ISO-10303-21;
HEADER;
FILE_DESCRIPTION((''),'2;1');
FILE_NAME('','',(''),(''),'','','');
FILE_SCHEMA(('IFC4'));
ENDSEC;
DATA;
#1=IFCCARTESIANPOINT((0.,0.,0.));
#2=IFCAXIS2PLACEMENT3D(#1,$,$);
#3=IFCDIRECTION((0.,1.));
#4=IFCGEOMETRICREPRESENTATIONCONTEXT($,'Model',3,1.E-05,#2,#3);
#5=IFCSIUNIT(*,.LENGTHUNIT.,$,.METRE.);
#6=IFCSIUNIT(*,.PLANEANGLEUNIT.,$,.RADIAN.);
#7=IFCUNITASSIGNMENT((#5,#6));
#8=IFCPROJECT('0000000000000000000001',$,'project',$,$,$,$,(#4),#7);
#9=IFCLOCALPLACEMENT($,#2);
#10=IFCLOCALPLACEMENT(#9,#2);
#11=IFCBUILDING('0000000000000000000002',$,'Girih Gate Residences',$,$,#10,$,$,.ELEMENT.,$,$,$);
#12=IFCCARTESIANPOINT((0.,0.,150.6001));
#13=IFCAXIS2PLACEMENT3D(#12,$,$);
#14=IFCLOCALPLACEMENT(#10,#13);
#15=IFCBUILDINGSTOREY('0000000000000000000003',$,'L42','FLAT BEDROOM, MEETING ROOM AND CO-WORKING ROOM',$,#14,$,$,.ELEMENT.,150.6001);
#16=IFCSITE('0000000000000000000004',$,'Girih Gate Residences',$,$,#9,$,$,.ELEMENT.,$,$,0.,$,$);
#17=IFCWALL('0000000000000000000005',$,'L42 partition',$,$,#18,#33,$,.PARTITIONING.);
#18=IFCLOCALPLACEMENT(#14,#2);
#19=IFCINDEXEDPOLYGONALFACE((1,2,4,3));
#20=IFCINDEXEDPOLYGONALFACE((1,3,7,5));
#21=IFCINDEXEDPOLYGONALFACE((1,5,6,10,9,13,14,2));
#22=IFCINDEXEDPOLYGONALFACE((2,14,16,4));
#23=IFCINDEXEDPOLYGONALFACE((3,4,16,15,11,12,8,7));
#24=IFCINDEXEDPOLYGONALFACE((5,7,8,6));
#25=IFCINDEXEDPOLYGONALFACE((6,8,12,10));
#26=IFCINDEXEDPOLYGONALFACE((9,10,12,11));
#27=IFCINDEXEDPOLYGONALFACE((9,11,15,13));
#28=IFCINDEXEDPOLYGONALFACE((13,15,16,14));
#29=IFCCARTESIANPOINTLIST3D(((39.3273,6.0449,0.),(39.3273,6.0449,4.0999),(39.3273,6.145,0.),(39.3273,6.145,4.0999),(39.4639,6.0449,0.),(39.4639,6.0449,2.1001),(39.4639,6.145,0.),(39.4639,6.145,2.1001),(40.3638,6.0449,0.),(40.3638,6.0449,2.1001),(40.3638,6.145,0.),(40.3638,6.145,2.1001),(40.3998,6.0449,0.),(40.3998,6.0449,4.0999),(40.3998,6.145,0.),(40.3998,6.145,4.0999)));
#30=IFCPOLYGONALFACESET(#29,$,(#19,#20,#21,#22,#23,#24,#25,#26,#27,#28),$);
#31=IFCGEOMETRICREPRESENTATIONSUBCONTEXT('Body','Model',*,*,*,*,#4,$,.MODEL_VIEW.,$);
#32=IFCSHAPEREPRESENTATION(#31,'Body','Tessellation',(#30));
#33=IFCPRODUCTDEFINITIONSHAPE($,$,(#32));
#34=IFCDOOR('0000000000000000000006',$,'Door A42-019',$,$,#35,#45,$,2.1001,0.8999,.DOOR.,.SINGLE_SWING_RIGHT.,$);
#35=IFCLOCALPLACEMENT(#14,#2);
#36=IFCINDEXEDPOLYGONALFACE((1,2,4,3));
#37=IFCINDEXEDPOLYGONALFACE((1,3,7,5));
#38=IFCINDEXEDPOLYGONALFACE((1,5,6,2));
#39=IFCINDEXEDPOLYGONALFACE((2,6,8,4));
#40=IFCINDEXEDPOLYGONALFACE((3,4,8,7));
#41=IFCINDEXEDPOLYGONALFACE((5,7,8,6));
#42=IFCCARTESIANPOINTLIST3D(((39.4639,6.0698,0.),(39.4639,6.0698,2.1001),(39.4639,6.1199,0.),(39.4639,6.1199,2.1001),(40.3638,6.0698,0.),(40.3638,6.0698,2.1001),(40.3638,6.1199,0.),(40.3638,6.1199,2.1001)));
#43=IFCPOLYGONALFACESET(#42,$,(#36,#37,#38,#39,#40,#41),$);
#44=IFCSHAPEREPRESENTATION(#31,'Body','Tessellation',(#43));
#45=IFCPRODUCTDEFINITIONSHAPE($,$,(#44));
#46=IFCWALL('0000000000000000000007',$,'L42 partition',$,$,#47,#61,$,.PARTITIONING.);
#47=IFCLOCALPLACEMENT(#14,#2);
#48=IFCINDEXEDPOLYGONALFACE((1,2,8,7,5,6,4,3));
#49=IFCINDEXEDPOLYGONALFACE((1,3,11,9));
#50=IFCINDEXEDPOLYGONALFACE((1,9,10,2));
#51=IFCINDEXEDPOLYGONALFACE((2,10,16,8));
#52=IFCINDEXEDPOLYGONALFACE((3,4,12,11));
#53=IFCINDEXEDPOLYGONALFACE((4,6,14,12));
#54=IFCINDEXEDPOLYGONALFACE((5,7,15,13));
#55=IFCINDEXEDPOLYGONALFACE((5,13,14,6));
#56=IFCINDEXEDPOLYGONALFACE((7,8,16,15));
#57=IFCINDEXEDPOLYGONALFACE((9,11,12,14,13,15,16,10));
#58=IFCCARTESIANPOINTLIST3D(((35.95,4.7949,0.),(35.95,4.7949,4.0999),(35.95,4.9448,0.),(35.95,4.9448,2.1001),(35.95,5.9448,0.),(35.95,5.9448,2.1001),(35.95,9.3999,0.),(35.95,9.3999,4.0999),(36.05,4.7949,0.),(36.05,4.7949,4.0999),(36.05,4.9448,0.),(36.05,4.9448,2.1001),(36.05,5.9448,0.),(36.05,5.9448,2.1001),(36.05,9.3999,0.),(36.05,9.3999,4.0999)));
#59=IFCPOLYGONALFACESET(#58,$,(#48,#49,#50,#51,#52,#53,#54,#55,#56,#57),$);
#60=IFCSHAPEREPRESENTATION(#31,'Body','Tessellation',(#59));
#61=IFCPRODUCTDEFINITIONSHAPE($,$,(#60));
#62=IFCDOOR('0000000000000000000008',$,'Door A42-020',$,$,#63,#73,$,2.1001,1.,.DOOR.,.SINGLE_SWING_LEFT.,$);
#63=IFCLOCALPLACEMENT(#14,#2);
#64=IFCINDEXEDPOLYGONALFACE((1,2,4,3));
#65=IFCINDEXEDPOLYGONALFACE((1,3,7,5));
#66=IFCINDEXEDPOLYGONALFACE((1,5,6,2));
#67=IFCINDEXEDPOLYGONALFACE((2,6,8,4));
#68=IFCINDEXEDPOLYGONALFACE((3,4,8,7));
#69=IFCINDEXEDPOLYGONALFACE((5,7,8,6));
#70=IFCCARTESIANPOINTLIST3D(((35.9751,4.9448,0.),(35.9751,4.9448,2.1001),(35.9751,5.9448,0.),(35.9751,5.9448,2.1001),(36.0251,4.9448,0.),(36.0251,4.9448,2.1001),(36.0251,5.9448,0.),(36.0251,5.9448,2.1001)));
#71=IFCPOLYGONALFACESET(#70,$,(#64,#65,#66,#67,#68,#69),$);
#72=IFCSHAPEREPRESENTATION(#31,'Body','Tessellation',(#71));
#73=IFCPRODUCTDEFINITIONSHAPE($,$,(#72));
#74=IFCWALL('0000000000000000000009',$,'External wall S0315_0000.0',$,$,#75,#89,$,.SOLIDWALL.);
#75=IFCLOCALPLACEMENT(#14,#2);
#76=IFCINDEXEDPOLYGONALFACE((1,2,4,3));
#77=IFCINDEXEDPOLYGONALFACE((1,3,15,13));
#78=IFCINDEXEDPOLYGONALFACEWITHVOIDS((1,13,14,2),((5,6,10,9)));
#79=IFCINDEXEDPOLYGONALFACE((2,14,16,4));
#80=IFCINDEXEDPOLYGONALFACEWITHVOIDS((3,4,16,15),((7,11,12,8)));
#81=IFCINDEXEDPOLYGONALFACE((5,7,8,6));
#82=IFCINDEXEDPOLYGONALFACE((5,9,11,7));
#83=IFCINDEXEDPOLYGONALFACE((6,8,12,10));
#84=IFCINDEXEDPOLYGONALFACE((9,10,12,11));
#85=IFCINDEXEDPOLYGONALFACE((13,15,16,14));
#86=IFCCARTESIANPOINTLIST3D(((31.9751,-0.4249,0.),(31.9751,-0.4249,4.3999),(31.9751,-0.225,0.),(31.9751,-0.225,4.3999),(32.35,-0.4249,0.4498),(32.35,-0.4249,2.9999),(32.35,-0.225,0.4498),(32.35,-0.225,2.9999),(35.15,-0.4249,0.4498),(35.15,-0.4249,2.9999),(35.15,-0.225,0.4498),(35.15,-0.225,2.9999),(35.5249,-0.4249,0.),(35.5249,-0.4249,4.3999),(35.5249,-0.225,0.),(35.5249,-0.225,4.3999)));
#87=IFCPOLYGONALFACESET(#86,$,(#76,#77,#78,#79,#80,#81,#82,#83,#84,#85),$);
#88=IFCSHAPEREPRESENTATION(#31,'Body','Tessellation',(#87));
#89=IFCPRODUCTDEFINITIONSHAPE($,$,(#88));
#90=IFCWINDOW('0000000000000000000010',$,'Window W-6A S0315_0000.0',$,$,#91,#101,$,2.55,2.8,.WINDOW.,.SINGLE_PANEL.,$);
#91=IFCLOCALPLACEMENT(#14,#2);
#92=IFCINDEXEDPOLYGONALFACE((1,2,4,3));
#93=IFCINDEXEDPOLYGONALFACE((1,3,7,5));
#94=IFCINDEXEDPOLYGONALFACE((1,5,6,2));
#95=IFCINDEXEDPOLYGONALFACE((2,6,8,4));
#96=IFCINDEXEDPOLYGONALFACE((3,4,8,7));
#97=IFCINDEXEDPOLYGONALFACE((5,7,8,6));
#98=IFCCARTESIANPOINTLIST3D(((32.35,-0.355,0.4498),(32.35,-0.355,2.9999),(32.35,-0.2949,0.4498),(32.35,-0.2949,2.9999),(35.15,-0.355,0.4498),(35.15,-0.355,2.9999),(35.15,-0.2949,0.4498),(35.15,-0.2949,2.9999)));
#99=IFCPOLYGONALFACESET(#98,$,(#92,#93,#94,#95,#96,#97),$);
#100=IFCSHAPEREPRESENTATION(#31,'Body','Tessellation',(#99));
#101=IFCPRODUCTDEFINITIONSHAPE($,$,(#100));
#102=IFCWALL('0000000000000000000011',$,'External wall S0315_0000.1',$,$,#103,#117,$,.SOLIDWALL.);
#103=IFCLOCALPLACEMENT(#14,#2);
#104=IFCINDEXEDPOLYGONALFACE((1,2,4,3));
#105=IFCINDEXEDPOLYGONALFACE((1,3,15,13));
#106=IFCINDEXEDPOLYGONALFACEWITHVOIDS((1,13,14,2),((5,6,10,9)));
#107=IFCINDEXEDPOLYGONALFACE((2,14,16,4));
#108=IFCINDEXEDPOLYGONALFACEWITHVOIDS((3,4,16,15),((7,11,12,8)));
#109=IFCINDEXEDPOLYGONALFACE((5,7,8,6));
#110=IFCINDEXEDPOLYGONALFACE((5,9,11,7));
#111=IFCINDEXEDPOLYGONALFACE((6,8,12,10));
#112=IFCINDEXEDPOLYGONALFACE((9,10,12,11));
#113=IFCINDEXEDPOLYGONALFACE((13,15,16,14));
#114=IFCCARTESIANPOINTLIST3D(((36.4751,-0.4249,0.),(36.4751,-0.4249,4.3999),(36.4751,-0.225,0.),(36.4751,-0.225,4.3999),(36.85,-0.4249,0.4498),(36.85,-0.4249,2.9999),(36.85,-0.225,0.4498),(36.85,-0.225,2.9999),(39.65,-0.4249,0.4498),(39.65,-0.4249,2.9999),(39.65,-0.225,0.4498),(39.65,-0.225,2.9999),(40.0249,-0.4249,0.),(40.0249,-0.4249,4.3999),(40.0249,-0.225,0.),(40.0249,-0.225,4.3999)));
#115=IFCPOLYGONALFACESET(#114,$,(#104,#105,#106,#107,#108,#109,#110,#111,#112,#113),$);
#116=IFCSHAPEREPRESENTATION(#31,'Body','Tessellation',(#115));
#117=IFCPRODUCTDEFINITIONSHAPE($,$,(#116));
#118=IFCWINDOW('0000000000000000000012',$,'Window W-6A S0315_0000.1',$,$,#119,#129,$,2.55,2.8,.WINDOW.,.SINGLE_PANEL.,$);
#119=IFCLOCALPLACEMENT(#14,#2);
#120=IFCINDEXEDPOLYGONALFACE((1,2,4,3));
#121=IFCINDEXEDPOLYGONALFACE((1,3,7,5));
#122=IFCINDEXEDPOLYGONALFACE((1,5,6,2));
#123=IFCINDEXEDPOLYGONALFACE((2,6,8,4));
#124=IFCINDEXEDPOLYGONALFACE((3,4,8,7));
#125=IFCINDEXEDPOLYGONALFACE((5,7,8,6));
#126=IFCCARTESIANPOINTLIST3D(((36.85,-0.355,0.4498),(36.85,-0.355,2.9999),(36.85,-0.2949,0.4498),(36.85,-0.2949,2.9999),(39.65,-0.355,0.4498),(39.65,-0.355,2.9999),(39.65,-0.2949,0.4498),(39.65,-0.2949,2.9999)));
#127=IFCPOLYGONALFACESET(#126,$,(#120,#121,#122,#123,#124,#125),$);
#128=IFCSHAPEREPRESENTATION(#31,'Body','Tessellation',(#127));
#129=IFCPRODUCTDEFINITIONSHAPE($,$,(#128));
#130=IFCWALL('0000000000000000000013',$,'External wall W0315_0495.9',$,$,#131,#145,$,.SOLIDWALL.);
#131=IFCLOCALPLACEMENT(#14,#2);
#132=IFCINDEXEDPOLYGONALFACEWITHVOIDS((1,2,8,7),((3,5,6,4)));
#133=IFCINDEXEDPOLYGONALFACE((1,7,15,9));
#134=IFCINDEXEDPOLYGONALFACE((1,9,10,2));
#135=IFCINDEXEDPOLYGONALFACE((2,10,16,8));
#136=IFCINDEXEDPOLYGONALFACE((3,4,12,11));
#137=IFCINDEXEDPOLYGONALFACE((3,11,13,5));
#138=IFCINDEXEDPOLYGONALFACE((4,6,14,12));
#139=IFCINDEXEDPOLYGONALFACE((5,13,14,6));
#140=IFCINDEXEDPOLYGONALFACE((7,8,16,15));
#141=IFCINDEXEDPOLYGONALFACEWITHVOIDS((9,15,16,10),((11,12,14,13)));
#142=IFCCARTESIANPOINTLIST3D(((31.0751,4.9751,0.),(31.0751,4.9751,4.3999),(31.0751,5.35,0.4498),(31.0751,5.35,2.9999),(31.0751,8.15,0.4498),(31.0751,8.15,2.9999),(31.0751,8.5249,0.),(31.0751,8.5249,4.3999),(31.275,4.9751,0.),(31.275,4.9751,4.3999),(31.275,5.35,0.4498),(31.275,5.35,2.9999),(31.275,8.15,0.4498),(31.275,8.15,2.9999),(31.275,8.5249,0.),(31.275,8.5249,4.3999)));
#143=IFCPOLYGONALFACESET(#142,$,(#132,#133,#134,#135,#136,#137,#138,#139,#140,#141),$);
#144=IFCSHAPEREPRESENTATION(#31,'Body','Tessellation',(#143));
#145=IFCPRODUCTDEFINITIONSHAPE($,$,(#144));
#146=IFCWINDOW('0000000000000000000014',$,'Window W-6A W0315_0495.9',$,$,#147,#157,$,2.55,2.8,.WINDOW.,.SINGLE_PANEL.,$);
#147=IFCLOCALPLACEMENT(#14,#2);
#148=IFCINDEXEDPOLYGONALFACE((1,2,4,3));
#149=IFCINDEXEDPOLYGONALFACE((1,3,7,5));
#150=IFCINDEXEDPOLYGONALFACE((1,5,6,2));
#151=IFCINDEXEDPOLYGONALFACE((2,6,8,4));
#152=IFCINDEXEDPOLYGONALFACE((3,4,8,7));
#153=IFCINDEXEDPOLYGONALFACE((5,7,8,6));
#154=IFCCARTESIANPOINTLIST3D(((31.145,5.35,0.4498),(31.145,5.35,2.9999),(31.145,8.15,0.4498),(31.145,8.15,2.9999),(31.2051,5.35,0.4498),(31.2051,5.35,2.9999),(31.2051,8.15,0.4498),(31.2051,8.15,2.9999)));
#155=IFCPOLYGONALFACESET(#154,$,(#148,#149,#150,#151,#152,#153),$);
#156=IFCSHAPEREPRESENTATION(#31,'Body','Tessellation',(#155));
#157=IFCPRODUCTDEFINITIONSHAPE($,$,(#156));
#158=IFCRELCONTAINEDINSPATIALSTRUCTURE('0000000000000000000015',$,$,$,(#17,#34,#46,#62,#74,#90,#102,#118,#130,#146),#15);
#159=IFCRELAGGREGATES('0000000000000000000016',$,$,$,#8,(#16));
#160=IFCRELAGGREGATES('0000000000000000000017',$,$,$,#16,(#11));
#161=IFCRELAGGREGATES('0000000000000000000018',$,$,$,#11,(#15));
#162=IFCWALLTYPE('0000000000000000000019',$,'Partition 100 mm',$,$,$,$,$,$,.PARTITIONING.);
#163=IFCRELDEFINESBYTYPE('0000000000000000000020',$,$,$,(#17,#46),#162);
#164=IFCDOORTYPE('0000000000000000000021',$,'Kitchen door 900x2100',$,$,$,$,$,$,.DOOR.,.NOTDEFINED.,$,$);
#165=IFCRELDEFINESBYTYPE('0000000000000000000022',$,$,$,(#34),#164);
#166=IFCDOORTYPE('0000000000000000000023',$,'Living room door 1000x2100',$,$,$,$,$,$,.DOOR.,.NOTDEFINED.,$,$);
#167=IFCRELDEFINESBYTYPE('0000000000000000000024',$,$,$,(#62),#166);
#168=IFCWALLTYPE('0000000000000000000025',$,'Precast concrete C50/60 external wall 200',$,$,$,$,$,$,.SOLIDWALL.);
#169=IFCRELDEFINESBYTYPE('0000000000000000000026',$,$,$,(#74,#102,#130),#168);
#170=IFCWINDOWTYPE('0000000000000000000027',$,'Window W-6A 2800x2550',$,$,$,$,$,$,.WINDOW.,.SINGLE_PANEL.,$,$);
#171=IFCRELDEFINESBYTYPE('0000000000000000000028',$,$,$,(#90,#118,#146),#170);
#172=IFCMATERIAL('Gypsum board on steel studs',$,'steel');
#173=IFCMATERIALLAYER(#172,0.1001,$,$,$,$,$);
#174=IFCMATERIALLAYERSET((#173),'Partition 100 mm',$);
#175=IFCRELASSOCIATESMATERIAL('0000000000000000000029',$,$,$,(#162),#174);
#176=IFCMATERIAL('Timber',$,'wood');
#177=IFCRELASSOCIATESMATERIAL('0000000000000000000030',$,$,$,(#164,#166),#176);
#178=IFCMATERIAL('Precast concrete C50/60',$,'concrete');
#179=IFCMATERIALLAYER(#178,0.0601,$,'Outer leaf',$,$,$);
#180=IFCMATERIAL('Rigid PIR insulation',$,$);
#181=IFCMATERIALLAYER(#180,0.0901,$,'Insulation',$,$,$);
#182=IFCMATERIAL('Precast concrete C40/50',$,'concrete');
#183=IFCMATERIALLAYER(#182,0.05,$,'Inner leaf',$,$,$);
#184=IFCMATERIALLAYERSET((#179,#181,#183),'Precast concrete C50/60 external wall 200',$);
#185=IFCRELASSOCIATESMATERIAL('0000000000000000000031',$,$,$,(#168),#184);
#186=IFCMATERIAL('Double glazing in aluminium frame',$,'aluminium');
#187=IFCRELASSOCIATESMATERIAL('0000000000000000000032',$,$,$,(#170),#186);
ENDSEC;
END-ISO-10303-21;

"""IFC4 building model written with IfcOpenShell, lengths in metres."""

from ifc_helpers import new_model, si_unit, direction, frame, frame_2d, origin, place, context, subcontext, project, spatial, rectangle, extrude, material, layer, layer_set, type_object, element, fill, save


model = new_model("IFC4")

# Units and contexts
model_context = context("Model", 3, precision=1e-05, world=origin(), true_north=direction((0.0, 1.0)))
body_context = subcontext(model_context, "Body", "Model", "MODEL_VIEW")
ifc_project = project(units=[si_unit("LENGTHUNIT", "METRE"), si_unit("PLANEANGLEUNIT", "RADIAN")], contexts=[model_context])

# Site, building, storey
site_placement = place(None, origin())
site = spatial("IfcSite", under=ifc_project, at=site_placement, Name="Girih Gate Residences", CompositionType="ELEMENT", RefElevation=0.0)
building_placement = place(site_placement, origin())
building = spatial("IfcBuilding", under=site, at=building_placement, Name="Girih Gate Residences", CompositionType="ELEMENT")
storey_placement = place(building_placement, frame((0.0, 0.0, 150.6001)))
storey = spatial("IfcBuildingStorey", under=building, at=storey_placement, Name="L42", Description="FLAT BEDROOM, MEETING ROOM AND CO-WORKING ROOM", CompositionType="ELEMENT", Elevation=150.6001)

# Shared definitions
ifc_material_1 = material(Name="Gypsum board on steel studs", Category="steel")
ifc_layer_1 = layer(ifc_material_1, 0.1001)
ifc_layer_set_1 = layer_set([ifc_layer_1], Name="Partition 100 mm")
wall_type_1 = type_object("IfcWallType", Name="Partition 100 mm", PredefinedType="PARTITIONING", material=ifc_layer_set_1)
ifc_material_2 = material(Name="Timber", Category="wood")

# Walls, openings, doors
wall_1_placement = place(storey_placement, frame((39.3274, 6.095, 0.0), z_axis=(0.0, 0.0, 1.0), x_axis=(1.0, 0.0, 0.0)))
wall_1 = element("IfcWall", 1, at=wall_1_placement, inside=storey, type_object=wall_type_1, Name="L42 partition", PredefinedType="PARTITIONING", context=body_context, shape_type="SweptSolid", body=[
    extrude(rectangle(XDim=1.0725, YDim=0.1001, at=frame_2d((0.5361, 0.0))), origin(), (0.0, 0.0, 1.0), 4.0999),
])
opening_1_placement = place(wall_1_placement, frame((0.1365, 0.0, 0.0)))
opening_1 = element("IfcOpeningElement", 2, at=opening_1_placement, cuts=wall_1, PredefinedType="OPENING", context=body_context, shape_type="SweptSolid", body=[
    extrude(rectangle(XDim=0.8999, YDim=2.1001, at=frame_2d((0.45, 1.05))), frame((0.0, 0.0601, 0.0), z_axis=(0.0, -1.0, 0.0), x_axis=(1.0, 0.0, 0.0)), (0.0, 0.0, 1.0), 0.1201),
])
door_type_1 = type_object("IfcDoorType", Name="Kitchen door 900x2100", OperationType="NOTDEFINED", PredefinedType="DOOR", material=ifc_material_2)
door_1_placement = place(opening_1_placement, origin())
door_1 = element("IfcDoor", 3, at=door_1_placement, inside=storey, type_object=door_type_1, Name="Door A42-019", OperationType="SINGLE_SWING_RIGHT", OverallHeight=2.1001, OverallWidth=0.8999, PredefinedType="DOOR", context=body_context, shape_type="SweptSolid", body=[
    extrude(rectangle(XDim=0.8999, YDim=2.1001, at=frame_2d((0.45, 1.05))), frame((0.0, 0.0249, 0.0), z_axis=(0.0, -1.0, 0.0), x_axis=(1.0, 0.0, 0.0)), (0.0, 0.0, 1.0), 0.05),
])
fill(opening_1, door_1)
wall_2_placement = place(storey_placement, frame((36.0, 4.7949, 0.0), z_axis=(0.0, 0.0, 1.0), x_axis=(0.0, 1.0, 0.0)))
wall_2 = element("IfcWall", 4, at=wall_2_placement, inside=storey, type_object=wall_type_1, Name="L42 partition", PredefinedType="PARTITIONING", context=body_context, shape_type="SweptSolid", body=[
    extrude(rectangle(XDim=4.605, YDim=0.1001, at=frame_2d((2.3025, 0.0))), origin(), (0.0, 0.0, 1.0), 4.0999),
])
opening_2_placement = place(wall_2_placement, frame((0.1499, 0.0, 0.0)))
opening_2 = element("IfcOpeningElement", 5, at=opening_2_placement, cuts=wall_2, PredefinedType="OPENING", context=body_context, shape_type="SweptSolid", body=[
    extrude(rectangle(XDim=1.0, YDim=2.1001, at=frame_2d((0.5, 1.05))), frame((0.0, 0.0601, 0.0), z_axis=(0.0, -1.0, 0.0), x_axis=(1.0, 0.0, 0.0)), (0.0, 0.0, 1.0), 0.1201),
])
door_type_2 = type_object("IfcDoorType", Name="Living room door 1000x2100", OperationType="NOTDEFINED", PredefinedType="DOOR", material=ifc_material_2)
door_2_placement = place(opening_2_placement, origin())
door_2 = element("IfcDoor", 6, at=door_2_placement, inside=storey, type_object=door_type_2, Name="Door A42-020", OperationType="SINGLE_SWING_LEFT", OverallHeight=2.1001, OverallWidth=1.0, PredefinedType="DOOR", context=body_context, shape_type="SweptSolid", body=[
    extrude(rectangle(XDim=1.0, YDim=2.1001, at=frame_2d((0.5, 1.05))), frame((0.0, 0.0249, 0.0), z_axis=(0.0, -1.0, 0.0), x_axis=(1.0, 0.0, 0.0)), (0.0, 0.0, 1.0), 0.05),
])
fill(opening_2, door_2)

# Walls, openings, windows
ifc_material_3 = material(Name="Precast concrete C50/60", Category="concrete")
ifc_layer_2 = layer(ifc_material_3, 0.0601, Name="Outer leaf")
ifc_material_4 = material(Name="Rigid PIR insulation")
ifc_layer_3 = layer(ifc_material_4, 0.0901, Name="Insulation")
ifc_material_5 = material(Name="Precast concrete C40/50", Category="concrete")
ifc_layer_4 = layer(ifc_material_5, 0.05, Name="Inner leaf")
ifc_layer_set_2 = layer_set([ifc_layer_2, ifc_layer_3, ifc_layer_4], Name="Precast concrete C50/60 external wall 200")
wall_type_2 = type_object("IfcWallType", Name="Precast concrete C50/60 external wall 200", PredefinedType="SOLIDWALL", material=ifc_layer_set_2)
wall_3_placement = place(storey_placement, frame((35.5249, -0.325, 0.0), z_axis=(0.0, 0.0, 1.0), x_axis=(-1.0, 0.0, 0.0)))
wall_3 = element("IfcWall", 7, at=wall_3_placement, inside=storey, type_object=wall_type_2, Name="External wall S0315_0000.0", PredefinedType="SOLIDWALL", context=body_context, shape_type="SweptSolid", body=[
    extrude(rectangle(XDim=3.5498, YDim=0.2, at=frame_2d((1.7749, 0.0))), origin(), (0.0, 0.0, 1.0), 4.3999),
])
opening_3_placement = place(wall_3_placement, frame((0.375, 0.0, 0.45)))
opening_3 = element("IfcOpeningElement", 8, at=opening_3_placement, cuts=wall_3, PredefinedType="OPENING", context=body_context, shape_type="SweptSolid", body=[
    extrude(rectangle(XDim=2.8, YDim=2.55, at=frame_2d((1.3999, 1.2749))), frame((0.0, 0.1099, 0.0), z_axis=(0.0, -1.0, 0.0), x_axis=(1.0, 0.0, 0.0)), (0.0, 0.0, 1.0), 0.22),
])
ifc_material_6 = material(Name="Double glazing in aluminium frame", Category="aluminium")
window_type = type_object("IfcWindowType", Name="Window W-6A 2800x2550", PartitioningType="SINGLE_PANEL", PredefinedType="WINDOW", material=ifc_material_6)
window_1_placement = place(opening_3_placement, origin())
window_1 = element("IfcWindow", 9, at=window_1_placement, inside=storey, type_object=window_type, Name="Window W-6A S0315_0000.0", OverallHeight=2.55, OverallWidth=2.8, PartitioningType="SINGLE_PANEL", PredefinedType="WINDOW", context=body_context, shape_type="SweptSolid", body=[
    extrude(rectangle(XDim=2.8, YDim=2.55, at=frame_2d((1.3999, 1.2749))), frame((0.0, 0.03, 0.0), z_axis=(0.0, -1.0, 0.0), x_axis=(1.0, 0.0, 0.0)), (0.0, 0.0, 1.0), 0.0601),
])
fill(opening_3, window_1)
wall_4_placement = place(storey_placement, frame((40.0249, -0.325, 0.0), z_axis=(0.0, 0.0, 1.0), x_axis=(-1.0, 0.0, 0.0)))
wall_4 = element("IfcWall", 10, at=wall_4_placement, inside=storey, type_object=wall_type_2, Name="External wall S0315_0000.1", PredefinedType="SOLIDWALL", context=body_context, shape_type="SweptSolid", body=[
    extrude(rectangle(XDim=3.5498, YDim=0.2, at=frame_2d((1.7749, 0.0))), origin(), (0.0, 0.0, 1.0), 4.3999),
])
opening_4_placement = place(wall_4_placement, frame((0.375, 0.0, 0.45)))
opening_4 = element("IfcOpeningElement", 11, at=opening_4_placement, cuts=wall_4, PredefinedType="OPENING", context=body_context, shape_type="SweptSolid", body=[
    extrude(rectangle(XDim=2.8, YDim=2.55, at=frame_2d((1.3999, 1.2749))), frame((0.0, 0.1099, 0.0), z_axis=(0.0, -1.0, 0.0), x_axis=(1.0, 0.0, 0.0)), (0.0, 0.0, 1.0), 0.22),
])
window_2_placement = place(opening_4_placement, origin())
window_2 = element("IfcWindow", 12, at=window_2_placement, inside=storey, type_object=window_type, Name="Window W-6A S0315_0000.1", OverallHeight=2.55, OverallWidth=2.8, PartitioningType="SINGLE_PANEL", PredefinedType="WINDOW", context=body_context, shape_type="SweptSolid", body=[
    extrude(rectangle(XDim=2.8, YDim=2.55, at=frame_2d((1.3999, 1.2749))), frame((0.0, 0.03, 0.0), z_axis=(0.0, -1.0, 0.0), x_axis=(1.0, 0.0, 0.0)), (0.0, 0.0, 1.0), 0.0601),
])
fill(opening_4, window_2)
wall_5_placement = place(storey_placement, frame((31.175, 4.9751, 0.0), z_axis=(0.0, 0.0, 1.0), x_axis=(0.0, 1.0, 0.0)))
wall_5 = element("IfcWall", 13, at=wall_5_placement, inside=storey, type_object=wall_type_2, Name="External wall W0315_0495.9", PredefinedType="SOLIDWALL", context=body_context, shape_type="SweptSolid", body=[
    extrude(rectangle(XDim=3.5498, YDim=0.2, at=frame_2d((1.7749, 0.0))), origin(), (0.0, 0.0, 1.0), 4.3999),
])
opening_5_placement = place(wall_5_placement, frame((0.375, 0.0, 0.45)))
opening_5 = element("IfcOpeningElement", 14, at=opening_5_placement, cuts=wall_5, PredefinedType="OPENING", context=body_context, shape_type="SweptSolid", body=[
    extrude(rectangle(XDim=2.8, YDim=2.55, at=frame_2d((1.3999, 1.2749))), frame((0.0, 0.1099, 0.0), z_axis=(0.0, -1.0, 0.0), x_axis=(1.0, 0.0, 0.0)), (0.0, 0.0, 1.0), 0.22),
])
window_3_placement = place(opening_5_placement, origin())
window_3 = element("IfcWindow", 15, at=window_3_placement, inside=storey, type_object=window_type, Name="Window W-6A W0315_0495.9", OverallHeight=2.55, OverallWidth=2.8, PartitioningType="SINGLE_PANEL", PredefinedType="WINDOW", context=body_context, shape_type="SweptSolid", body=[
    extrude(rectangle(XDim=2.8, YDim=2.55, at=frame_2d((1.3999, 1.2749))), frame((0.0, 0.03, 0.0), z_axis=(0.0, -1.0, 0.0), x_axis=(1.0, 0.0, 0.0)), (0.0, 0.0, 1.0), 0.0601),
])
fill(opening_5, window_3)

save(model, "model.ifc")
